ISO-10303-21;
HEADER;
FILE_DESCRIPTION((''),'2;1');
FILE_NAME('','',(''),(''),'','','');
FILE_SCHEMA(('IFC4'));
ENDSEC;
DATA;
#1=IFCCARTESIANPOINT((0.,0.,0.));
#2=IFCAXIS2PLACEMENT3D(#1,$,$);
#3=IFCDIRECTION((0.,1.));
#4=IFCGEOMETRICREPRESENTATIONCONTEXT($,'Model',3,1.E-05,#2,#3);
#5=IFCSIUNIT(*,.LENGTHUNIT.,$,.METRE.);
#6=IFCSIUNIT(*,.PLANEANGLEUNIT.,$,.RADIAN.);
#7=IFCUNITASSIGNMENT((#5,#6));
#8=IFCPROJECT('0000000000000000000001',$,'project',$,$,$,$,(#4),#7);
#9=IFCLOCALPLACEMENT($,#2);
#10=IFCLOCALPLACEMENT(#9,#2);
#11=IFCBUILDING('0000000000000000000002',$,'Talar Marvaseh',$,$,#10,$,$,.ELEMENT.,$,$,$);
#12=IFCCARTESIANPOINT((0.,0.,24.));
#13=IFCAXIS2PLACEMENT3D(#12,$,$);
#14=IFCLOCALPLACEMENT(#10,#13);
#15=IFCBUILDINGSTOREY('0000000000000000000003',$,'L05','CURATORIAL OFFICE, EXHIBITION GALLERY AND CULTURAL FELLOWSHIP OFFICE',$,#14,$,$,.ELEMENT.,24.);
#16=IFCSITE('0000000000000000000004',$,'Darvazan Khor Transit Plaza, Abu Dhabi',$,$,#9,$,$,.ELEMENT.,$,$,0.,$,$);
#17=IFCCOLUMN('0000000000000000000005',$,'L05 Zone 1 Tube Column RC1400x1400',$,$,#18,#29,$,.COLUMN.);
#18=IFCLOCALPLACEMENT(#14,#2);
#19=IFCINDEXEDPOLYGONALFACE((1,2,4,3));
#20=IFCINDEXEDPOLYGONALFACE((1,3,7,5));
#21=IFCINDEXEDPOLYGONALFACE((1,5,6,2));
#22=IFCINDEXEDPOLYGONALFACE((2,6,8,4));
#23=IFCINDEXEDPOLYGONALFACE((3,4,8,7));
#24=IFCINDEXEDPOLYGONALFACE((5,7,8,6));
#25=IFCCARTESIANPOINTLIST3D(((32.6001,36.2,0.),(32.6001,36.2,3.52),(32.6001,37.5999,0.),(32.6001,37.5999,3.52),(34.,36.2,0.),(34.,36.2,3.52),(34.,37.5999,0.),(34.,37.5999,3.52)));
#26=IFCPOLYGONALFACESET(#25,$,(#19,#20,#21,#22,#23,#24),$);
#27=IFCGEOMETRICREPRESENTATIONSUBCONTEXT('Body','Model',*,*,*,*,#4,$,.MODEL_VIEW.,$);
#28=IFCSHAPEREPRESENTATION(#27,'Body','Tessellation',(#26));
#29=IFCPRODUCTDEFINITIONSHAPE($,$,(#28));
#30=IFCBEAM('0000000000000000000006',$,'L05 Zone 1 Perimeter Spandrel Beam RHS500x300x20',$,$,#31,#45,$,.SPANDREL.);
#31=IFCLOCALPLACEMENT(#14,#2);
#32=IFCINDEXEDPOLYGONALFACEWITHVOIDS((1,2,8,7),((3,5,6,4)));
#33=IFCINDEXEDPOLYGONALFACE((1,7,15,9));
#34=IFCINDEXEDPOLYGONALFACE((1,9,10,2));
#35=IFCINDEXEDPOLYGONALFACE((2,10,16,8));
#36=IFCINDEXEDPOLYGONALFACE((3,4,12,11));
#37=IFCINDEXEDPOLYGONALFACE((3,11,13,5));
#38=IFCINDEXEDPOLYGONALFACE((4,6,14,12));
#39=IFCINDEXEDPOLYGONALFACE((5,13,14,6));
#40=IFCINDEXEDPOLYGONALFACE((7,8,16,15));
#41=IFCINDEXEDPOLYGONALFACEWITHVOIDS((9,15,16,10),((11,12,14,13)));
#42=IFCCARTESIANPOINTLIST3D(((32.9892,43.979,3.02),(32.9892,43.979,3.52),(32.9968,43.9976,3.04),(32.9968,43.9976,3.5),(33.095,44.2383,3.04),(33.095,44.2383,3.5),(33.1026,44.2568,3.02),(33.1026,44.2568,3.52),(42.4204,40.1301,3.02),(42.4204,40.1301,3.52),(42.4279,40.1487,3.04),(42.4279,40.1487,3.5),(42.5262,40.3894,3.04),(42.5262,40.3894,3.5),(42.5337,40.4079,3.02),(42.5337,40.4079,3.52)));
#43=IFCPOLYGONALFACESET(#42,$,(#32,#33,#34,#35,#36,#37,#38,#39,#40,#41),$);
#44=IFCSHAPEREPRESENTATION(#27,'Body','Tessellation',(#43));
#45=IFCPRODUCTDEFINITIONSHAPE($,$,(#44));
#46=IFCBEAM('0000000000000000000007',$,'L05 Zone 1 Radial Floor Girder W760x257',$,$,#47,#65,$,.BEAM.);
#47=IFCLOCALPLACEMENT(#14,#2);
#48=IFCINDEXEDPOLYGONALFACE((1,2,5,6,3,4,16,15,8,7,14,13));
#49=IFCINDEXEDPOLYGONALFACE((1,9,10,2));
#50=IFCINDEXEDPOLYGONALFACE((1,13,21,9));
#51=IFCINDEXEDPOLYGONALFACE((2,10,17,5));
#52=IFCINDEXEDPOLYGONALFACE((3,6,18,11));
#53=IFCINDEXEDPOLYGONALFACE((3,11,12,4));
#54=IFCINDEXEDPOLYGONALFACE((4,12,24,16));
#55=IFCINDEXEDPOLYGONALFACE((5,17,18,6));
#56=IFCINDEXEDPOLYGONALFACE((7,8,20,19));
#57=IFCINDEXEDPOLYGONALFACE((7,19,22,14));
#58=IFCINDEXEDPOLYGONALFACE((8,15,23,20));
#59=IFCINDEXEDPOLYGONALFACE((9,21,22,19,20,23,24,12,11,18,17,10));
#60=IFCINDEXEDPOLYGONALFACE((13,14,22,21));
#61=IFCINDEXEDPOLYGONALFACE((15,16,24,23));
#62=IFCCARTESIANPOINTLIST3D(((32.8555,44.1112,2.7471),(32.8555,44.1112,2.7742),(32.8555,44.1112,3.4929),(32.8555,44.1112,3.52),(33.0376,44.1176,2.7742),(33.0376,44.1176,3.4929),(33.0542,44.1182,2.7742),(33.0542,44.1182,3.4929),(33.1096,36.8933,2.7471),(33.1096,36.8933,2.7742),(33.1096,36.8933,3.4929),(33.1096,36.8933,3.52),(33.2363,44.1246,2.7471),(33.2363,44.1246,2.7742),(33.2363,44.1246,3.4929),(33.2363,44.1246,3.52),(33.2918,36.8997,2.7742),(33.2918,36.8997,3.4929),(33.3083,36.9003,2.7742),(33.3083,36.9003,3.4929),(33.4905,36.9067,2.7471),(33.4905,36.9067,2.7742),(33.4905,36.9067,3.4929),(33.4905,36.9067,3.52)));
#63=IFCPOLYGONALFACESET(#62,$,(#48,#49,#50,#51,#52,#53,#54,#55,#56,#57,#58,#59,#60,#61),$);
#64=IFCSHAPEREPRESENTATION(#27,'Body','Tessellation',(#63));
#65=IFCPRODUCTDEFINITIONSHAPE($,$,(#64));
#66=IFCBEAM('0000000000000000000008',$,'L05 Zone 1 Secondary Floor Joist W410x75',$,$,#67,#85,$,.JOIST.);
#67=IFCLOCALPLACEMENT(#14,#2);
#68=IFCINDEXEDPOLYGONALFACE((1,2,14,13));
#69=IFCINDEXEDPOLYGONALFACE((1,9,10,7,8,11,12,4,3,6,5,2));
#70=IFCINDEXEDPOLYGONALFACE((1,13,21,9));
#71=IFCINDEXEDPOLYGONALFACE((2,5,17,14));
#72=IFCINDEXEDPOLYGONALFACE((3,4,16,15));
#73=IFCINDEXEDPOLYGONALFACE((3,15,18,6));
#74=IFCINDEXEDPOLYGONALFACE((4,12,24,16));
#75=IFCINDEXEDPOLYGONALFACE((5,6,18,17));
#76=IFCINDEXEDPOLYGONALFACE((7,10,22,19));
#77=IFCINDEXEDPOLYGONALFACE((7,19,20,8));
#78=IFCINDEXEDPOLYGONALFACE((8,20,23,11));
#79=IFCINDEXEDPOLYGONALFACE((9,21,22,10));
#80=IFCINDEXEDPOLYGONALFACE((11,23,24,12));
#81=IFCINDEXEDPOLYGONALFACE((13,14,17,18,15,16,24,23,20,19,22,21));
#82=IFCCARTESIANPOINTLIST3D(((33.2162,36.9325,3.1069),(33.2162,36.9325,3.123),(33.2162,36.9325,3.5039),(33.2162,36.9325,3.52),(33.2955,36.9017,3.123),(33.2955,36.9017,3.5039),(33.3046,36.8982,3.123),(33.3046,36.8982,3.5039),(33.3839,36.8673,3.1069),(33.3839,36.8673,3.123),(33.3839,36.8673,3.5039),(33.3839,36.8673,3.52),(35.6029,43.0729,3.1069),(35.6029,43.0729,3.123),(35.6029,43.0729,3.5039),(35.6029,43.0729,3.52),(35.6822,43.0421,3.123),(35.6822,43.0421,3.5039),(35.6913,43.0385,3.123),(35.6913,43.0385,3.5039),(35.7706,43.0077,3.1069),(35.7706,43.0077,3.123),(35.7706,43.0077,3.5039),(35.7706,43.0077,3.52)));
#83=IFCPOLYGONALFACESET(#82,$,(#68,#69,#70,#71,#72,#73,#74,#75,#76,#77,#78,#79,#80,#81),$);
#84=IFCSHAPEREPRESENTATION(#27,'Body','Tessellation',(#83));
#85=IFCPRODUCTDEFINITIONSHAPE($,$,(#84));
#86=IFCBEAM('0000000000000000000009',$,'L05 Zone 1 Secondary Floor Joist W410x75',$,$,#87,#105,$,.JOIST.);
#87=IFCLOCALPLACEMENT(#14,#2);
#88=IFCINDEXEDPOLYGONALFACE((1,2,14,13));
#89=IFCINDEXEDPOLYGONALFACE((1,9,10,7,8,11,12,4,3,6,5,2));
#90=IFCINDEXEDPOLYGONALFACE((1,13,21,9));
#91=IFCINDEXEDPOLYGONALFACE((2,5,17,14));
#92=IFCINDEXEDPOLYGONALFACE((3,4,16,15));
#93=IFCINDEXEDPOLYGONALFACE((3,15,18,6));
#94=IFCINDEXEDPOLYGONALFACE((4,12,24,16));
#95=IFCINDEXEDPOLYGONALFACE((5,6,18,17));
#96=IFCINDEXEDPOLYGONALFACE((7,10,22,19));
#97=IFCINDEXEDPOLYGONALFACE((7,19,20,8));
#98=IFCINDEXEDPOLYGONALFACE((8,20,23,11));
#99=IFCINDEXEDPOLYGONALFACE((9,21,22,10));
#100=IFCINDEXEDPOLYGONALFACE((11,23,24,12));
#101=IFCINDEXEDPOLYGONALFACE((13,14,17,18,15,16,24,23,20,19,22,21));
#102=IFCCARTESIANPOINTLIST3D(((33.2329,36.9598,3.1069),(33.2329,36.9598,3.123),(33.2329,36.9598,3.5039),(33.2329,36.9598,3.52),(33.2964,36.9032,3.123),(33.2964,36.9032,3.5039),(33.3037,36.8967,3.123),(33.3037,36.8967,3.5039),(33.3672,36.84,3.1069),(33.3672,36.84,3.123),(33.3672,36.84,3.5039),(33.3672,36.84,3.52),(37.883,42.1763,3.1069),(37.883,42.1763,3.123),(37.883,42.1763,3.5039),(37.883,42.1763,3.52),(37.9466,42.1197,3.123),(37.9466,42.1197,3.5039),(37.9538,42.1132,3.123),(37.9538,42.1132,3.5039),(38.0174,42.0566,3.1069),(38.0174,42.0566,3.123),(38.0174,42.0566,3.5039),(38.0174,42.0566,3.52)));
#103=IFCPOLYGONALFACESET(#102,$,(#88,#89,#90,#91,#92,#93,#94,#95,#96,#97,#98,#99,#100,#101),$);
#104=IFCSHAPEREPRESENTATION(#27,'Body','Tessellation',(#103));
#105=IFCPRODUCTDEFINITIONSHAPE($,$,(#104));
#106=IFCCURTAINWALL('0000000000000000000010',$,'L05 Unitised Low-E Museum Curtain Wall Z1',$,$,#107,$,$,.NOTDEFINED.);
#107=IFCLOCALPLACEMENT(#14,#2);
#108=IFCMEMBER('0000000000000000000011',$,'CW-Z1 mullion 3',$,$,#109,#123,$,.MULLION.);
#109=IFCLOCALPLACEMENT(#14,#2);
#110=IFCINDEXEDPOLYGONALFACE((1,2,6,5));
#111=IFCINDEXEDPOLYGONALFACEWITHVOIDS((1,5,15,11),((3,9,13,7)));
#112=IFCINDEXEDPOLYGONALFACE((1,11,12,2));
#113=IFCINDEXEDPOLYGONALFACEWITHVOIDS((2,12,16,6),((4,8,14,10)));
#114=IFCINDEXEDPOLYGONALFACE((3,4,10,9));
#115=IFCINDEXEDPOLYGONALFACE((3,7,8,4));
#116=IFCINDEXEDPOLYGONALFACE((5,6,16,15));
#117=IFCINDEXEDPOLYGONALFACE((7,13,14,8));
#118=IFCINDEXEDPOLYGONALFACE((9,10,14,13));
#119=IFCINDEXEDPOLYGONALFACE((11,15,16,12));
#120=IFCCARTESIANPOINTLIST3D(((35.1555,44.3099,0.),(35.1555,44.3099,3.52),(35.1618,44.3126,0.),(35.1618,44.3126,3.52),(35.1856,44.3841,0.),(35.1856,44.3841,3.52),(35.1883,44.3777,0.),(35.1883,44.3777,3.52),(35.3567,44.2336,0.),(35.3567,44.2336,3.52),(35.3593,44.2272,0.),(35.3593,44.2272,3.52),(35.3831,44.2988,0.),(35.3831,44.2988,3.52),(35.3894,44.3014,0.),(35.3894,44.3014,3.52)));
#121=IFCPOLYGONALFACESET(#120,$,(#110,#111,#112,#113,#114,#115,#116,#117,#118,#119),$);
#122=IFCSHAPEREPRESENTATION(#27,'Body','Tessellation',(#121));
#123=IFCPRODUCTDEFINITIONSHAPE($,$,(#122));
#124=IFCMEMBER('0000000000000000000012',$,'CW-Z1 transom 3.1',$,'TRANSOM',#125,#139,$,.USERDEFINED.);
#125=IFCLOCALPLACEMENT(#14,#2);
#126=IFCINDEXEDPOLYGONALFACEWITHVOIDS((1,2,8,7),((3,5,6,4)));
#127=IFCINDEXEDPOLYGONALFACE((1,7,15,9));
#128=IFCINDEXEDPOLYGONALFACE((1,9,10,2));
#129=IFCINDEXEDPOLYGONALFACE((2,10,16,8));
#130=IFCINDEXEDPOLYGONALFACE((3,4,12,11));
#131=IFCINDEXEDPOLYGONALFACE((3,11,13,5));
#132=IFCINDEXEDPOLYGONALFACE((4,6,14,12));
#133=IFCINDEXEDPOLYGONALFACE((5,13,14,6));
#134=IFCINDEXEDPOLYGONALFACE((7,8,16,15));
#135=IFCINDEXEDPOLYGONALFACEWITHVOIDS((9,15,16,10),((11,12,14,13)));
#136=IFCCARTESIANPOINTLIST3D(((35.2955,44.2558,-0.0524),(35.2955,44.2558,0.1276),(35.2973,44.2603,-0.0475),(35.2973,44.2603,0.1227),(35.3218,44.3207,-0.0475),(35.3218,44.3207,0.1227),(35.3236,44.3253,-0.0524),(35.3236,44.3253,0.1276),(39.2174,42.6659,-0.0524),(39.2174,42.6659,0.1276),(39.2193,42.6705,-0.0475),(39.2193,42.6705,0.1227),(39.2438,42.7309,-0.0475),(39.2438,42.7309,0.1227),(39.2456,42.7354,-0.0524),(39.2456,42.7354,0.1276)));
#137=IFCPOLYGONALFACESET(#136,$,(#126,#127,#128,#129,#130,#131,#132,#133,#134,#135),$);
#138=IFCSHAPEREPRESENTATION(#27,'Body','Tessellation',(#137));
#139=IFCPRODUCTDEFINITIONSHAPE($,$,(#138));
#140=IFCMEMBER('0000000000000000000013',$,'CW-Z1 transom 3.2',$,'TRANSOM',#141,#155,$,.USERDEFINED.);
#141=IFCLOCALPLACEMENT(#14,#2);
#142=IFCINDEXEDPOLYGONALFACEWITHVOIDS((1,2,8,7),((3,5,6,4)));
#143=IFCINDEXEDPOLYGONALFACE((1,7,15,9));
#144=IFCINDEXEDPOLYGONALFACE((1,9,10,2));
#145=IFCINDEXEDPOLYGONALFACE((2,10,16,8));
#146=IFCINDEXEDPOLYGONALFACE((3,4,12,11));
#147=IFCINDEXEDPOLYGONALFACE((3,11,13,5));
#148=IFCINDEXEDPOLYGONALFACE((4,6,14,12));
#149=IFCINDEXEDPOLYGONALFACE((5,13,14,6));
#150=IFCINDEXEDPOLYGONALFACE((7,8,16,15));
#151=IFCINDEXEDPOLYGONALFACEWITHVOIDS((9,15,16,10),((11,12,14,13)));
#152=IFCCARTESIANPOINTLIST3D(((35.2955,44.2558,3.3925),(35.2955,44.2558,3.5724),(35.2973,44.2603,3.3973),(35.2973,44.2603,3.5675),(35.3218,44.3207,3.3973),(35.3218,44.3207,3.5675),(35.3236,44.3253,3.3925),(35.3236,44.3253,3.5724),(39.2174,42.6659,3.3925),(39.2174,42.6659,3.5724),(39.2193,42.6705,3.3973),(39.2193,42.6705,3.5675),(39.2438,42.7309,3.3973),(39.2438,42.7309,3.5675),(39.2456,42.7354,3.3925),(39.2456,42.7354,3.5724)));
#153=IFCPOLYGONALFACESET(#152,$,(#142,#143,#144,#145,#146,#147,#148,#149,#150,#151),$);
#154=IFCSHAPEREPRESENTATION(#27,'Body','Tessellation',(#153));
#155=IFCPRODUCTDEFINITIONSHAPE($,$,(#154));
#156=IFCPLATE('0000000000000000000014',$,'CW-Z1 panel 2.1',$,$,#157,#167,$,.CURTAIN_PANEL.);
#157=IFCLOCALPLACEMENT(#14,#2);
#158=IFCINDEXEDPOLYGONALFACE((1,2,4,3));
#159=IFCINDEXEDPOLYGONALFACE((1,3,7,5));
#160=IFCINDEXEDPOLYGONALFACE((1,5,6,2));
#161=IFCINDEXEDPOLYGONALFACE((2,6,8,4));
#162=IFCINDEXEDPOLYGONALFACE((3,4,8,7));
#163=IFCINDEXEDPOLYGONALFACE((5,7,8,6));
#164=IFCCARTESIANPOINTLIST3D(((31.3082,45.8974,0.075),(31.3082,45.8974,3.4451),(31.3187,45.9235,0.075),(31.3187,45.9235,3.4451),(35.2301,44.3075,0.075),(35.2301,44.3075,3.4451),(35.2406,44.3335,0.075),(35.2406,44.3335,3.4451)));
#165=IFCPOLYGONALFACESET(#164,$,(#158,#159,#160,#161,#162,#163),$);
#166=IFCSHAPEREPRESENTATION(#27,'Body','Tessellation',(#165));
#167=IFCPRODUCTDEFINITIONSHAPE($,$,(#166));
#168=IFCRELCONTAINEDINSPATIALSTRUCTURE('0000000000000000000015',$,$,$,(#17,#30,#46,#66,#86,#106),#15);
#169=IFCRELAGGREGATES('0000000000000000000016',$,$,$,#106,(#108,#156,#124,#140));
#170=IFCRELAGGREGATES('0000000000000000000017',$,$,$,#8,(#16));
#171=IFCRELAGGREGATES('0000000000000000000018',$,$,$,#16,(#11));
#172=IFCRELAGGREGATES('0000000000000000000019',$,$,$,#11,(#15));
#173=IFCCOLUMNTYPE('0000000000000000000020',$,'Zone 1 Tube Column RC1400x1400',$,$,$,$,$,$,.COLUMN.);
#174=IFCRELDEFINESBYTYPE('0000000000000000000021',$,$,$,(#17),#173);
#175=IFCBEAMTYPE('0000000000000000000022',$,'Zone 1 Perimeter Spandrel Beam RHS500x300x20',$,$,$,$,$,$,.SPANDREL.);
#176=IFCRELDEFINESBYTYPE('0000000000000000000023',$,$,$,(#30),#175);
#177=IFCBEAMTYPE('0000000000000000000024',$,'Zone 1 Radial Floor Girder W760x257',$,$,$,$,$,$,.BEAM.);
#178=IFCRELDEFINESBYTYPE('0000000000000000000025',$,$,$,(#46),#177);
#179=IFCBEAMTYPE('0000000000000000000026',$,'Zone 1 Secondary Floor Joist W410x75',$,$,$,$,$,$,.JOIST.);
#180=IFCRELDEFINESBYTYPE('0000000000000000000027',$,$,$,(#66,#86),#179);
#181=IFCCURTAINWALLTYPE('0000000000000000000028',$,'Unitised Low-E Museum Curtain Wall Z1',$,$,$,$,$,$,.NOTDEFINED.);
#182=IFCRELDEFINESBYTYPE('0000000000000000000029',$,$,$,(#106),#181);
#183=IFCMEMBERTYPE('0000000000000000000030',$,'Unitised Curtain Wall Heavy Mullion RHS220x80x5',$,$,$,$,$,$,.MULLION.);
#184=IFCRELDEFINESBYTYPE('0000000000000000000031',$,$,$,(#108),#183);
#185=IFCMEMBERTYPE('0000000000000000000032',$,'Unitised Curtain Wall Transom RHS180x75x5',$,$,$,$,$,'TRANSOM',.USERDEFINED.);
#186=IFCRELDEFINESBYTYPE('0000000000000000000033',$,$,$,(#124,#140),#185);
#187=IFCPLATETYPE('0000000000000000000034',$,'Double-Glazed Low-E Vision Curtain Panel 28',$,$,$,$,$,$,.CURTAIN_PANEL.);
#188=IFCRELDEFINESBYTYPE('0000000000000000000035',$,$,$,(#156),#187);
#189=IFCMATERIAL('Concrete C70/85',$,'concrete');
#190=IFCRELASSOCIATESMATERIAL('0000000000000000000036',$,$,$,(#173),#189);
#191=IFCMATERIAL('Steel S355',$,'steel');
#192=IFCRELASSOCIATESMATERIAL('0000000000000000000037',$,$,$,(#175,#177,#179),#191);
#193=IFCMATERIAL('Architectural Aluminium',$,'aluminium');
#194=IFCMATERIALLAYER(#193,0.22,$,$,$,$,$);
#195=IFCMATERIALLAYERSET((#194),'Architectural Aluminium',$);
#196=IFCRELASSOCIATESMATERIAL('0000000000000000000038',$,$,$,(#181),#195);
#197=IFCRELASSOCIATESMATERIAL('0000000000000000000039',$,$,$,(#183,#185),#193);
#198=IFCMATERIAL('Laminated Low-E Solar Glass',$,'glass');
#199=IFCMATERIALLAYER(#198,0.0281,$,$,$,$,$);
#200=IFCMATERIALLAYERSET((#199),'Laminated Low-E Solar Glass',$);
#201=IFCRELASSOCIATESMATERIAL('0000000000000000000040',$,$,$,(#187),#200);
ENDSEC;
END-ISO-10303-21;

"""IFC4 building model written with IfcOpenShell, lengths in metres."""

from ifc_helpers import new_model, si_unit, direction, frame, origin, origin_2d, place, context, subcontext, project, spatial, rectangle, hollow_rectangle, i_section, extrude, source, transform, mapped, material, layer, layer_set, material_profile, profile_set, type_object, type_shapes, element, aggregate, save


model = new_model("IFC4")

# Units and contexts
model_context = context("Model", 3, precision=1e-05, world=origin(), true_north=direction((0.0, 1.0)))
body_context = subcontext(model_context, "Body", "Model", "MODEL_VIEW")
ifc_project = project(units=[si_unit("LENGTHUNIT", "METRE"), si_unit("PLANEANGLEUNIT", "RADIAN")], contexts=[model_context])

# Site, building, storey
site_placement = place(None, origin())
site = spatial("IfcSite", under=ifc_project, at=site_placement, Name="Darvazan Khor Transit Plaza, Abu Dhabi", CompositionType="ELEMENT", RefElevation=0.0)
building_placement = place(site_placement, origin())
building = spatial("IfcBuilding", under=site, at=building_placement, Name="Talar Marvaseh", CompositionType="ELEMENT")
storey_placement = place(building_placement, frame((0.0, 0.0, 24.0)))
storey = spatial("IfcBuildingStorey", under=building, at=storey_placement, Name="L05", Description="CURATORIAL OFFICE, EXHIBITION GALLERY AND CULTURAL FELLOWSHIP OFFICE", CompositionType="ELEMENT", Elevation=24.0)

# Column
ifc_material_1 = material(Name="Concrete C70/85", Category="concrete")
ifc_material_profile_1 = material_profile(ifc_material_1, rectangle(XDim=1.3999, YDim=1.3999, at=origin_2d()), Name="RC1400x1400")
ifc_profile_set_1 = profile_set([ifc_material_profile_1], Name="Concrete C70/85")
column_type = type_object("IfcColumnType", Name="Zone 1 Tube Column RC1400x1400", PredefinedType="COLUMN", material=ifc_profile_set_1)
column_placement = place(storey_placement, frame((33.3, 36.8999, 0.0), z_axis=(0.0, 0.0, 1.0), x_axis=(1.0, 0.0, 0.0)))
element("IfcColumn", 1, at=column_placement, inside=storey, type_object=column_type, Name="L05 Zone 1 Tube Column RC1400x1400", PredefinedType="COLUMN", context=body_context, shape_type="SweptSolid", body=[
    extrude(rectangle(XDim=1.3999, YDim=1.3999, at=origin_2d()), origin(), (0.0, 0.0, 1.0), 3.52),
])

# Beams
ifc_material_2 = material(Name="Steel S355", Category="steel")
ifc_material_profile_2 = material_profile(ifc_material_2, hollow_rectangle(XDim=0.3, YDim=0.5, WallThickness=0.02, at=origin_2d()), Name="RHS500x300x20")
ifc_profile_set_2 = profile_set([ifc_material_profile_2], Name="Steel S355")
beam_type_1 = type_object("IfcBeamType", Name="Zone 1 Perimeter Spandrel Beam RHS500x300x20", PredefinedType="SPANDREL", material=ifc_profile_set_2)
beam_1_placement = place(storey_placement, frame((33.0459, 44.1179, 3.27), z_axis=(0.925867, -0.377849, 0.0), x_axis=(0.377849, 0.925867, 0.0)))
element("IfcBeam", 2, at=beam_1_placement, inside=storey, type_object=beam_type_1, Name="L05 Zone 1 Perimeter Spandrel Beam RHS500x300x20", PredefinedType="SPANDREL", context=body_context, shape_type="SweptSolid", body=[
    extrude(hollow_rectangle(XDim=0.3, YDim=0.5, WallThickness=0.02, at=origin_2d()), origin(), (0.0, 0.0, 1.0), 10.1863),
])
ifc_material_profile_3 = material_profile(ifc_material_2, i_section(OverallWidth=0.3811, OverallDepth=0.7729, WebThickness=0.0166, FlangeThickness=0.0271, at=origin_2d()), Name="W760x257")
ifc_profile_set_3 = profile_set([ifc_material_profile_3], Name="Steel S355")
beam_type_2 = type_object("IfcBeamType", Name="Zone 1 Radial Floor Girder W760x257", PredefinedType="BEAM", material=ifc_profile_set_3)
beam_2_placement = place(storey_placement, frame((33.0459, 44.1179, 3.1335), z_axis=(0.035189, -0.999381, 0.0), x_axis=(0.999381, 0.035189, 0.0)))
element("IfcBeam", 3, at=beam_2_placement, inside=storey, type_object=beam_type_2, Name="L05 Zone 1 Radial Floor Girder W760x257", PredefinedType="BEAM", context=body_context, shape_type="SweptSolid", body=[
    extrude(i_section(OverallWidth=0.3811, OverallDepth=0.7729, WebThickness=0.0166, FlangeThickness=0.0271, at=origin_2d()), origin(), (0.0, 0.0, 1.0), 7.2224),
])
ifc_material_profile_4 = material_profile(ifc_material_2, i_section(OverallWidth=0.1799, OverallDepth=0.4131, WebThickness=0.0098, FlangeThickness=0.0161, at=origin_2d()), Name="W410x75")
ifc_profile_set_4 = profile_set([ifc_material_profile_4], Name="Steel S355")
beam_type_3 = type_object("IfcBeamType", Name="Zone 1 Secondary Floor Joist W410x75", PredefinedType="JOIST", material=ifc_profile_set_4)
beam_3_placement = place(storey_placement, frame((35.6868, 43.0403, 3.3135), z_axis=(-0.362287, -0.932067, 0.0), x_axis=(0.932067, -0.362287, 0.0)))
element("IfcBeam", 4, at=beam_3_placement, inside=storey, type_object=beam_type_3, Name="L05 Zone 1 Secondary Floor Joist W410x75", PredefinedType="JOIST", context=body_context, shape_type="SweptSolid", body=[
    extrude(i_section(OverallWidth=0.1799, OverallDepth=0.4131, WebThickness=0.0098, FlangeThickness=0.0161, at=origin_2d()), origin(), (0.0, 0.0, 1.0), 6.5879),
])
beam_4_placement = place(storey_placement, frame((37.9502, 42.1165, 3.3135), z_axis=(-0.665419, -0.74647, 0.0), x_axis=(0.74647, -0.665419, 0.0)))
element("IfcBeam", 5, at=beam_4_placement, inside=storey, type_object=beam_type_3, Name="L05 Zone 1 Secondary Floor Joist W410x75", PredefinedType="JOIST", context=body_context, shape_type="SweptSolid", body=[
    extrude(i_section(OverallWidth=0.1799, OverallDepth=0.4131, WebThickness=0.0098, FlangeThickness=0.0161, at=origin_2d()), origin(), (0.0, 0.0, 1.0), 6.9883),
])

# Curtain wall, members, plate
ifc_material_3 = material(Name="Architectural Aluminium", Category="aluminium")
ifc_layer_1 = layer(ifc_material_3, 0.22)
ifc_layer_set_1 = layer_set([ifc_layer_1], Name="Architectural Aluminium")
curtain_wall_type = type_object("IfcCurtainWallType", Name="Unitised Low-E Museum Curtain Wall Z1", PredefinedType="NOTDEFINED", material=ifc_layer_set_1)
curtain_wall_placement = place(storey_placement, origin())
curtain_wall = element("IfcCurtainWall", 6, at=curtain_wall_placement, inside=storey, type_object=curtain_wall_type, Name="L05 Unitised Low-E Museum Curtain Wall Z1", PredefinedType="NOTDEFINED")
ifc_material_profile_5 = material_profile(ifc_material_3, hollow_rectangle(XDim=0.0801, YDim=0.22, WallThickness=0.0049, at=origin_2d()), Name="RHS220x80x5")
ifc_profile_set_5 = profile_set([ifc_material_profile_5], Name="Architectural Aluminium")
member_type_1 = type_object("IfcMemberType", Name="Unitised Curtain Wall Heavy Mullion RHS220x80x5", PredefinedType="MULLION", material=ifc_profile_set_5)
shared_shape_1 = source(origin(), body_context, "Body", "SweptSolid", [
    extrude(hollow_rectangle(XDim=0.0801, YDim=0.22, WallThickness=0.0049, at=origin_2d()), origin(), (0.0, 0.0, 1.0), 3.52),
])
type_shapes(member_type_1, [shared_shape_1])
member_1_placement = place(storey_placement, frame((35.2725, 44.3057, 0.0), z_axis=(0.0, 0.0, 1.0), x_axis=(0.375705, 0.926739, 0.0)))
member_1 = element("IfcMember", 7, at=member_1_placement, type_object=member_type_1, Name="CW-Z1 mullion 3", PredefinedType="MULLION", context=body_context, shape_type="MappedRepresentation", body=[
    mapped(shared_shape_1, transform((0.0, 0.0, 0.0), x_axis=(1.0, 0.0, 0.0), y_axis=(0.0, 1.0, 0.0), z_axis=(0.0, 0.0, 1.0), scale=1.0)),
])
ifc_material_profile_6 = material_profile(ifc_material_3, hollow_rectangle(XDim=0.075, YDim=0.1799, WallThickness=0.0049, at=origin_2d()), Name="RHS180x75x5")
ifc_profile_set_6 = profile_set([ifc_material_profile_6], Name="Architectural Aluminium")
member_type_2 = type_object("IfcMemberType", Name="Unitised Curtain Wall Transom RHS180x75x5", ElementType="TRANSOM", PredefinedType="USERDEFINED", material=ifc_profile_set_6)
shared_shape_2 = source(origin(), body_context, "Body", "SweptSolid", [
    extrude(hollow_rectangle(XDim=0.075, YDim=0.1799, WallThickness=0.0049, at=origin_2d()), origin(), (0.0, 0.0, 1.0), 4.2319),
])
type_shapes(member_type_2, [shared_shape_2])
member_2_placement = place(storey_placement, frame((35.3096, 44.2905, 0.0376), z_axis=(0.926748, -0.375684, 0.0), x_axis=(0.375684, 0.926748, 0.0)))
member_2 = element("IfcMember", 8, at=member_2_placement, type_object=member_type_2, Name="CW-Z1 transom 3.1", ObjectType="TRANSOM", PredefinedType="USERDEFINED", context=body_context, shape_type="MappedRepresentation", body=[
    mapped(shared_shape_2, transform((0.0, 0.0, 0.0), x_axis=(1.0, 0.0, 0.0), y_axis=(0.0, 1.0, 0.0), z_axis=(0.0, 0.0, 1.0), scale=1.0)),
])
member_3_placement = place(storey_placement, frame((35.3096, 44.2905, 3.4824), z_axis=(0.926748, -0.375684, 0.0), x_axis=(0.375684, 0.926748, 0.0)))
member_3 = element("IfcMember", 9, at=member_3_placement, type_object=member_type_2, Name="CW-Z1 transom 3.2", ObjectType="TRANSOM", PredefinedType="USERDEFINED", context=body_context, shape_type="MappedRepresentation", body=[
    mapped(shared_shape_2, transform((0.0, 0.0, 0.0), x_axis=(1.0, 0.0, 0.0), y_axis=(0.0, 1.0, 0.0), z_axis=(0.0, 0.0, 1.0), scale=1.0)),
])
ifc_material_4 = material(Name="Laminated Low-E Solar Glass", Category="glass")
ifc_layer_2 = layer(ifc_material_4, 0.0281)
ifc_layer_set_2 = layer_set([ifc_layer_2], Name="Laminated Low-E Solar Glass")
plate_type = type_object("IfcPlateType", Name="Double-Glazed Low-E Vision Curtain Panel 28", PredefinedType="CURTAIN_PANEL", material=ifc_layer_set_2)
shared_shape_3 = source(origin(), body_context, "Body", "SweptSolid", [
    extrude(rectangle(XDim=4.2319, YDim=0.0281, at=origin_2d()), origin(), (0.0, 0.0, 1.0), 3.3701),
])
type_shapes(plate_type, [shared_shape_3])
plate_1_placement = place(storey_placement, frame((33.2744, 45.1155, 0.075), z_axis=(0.0, 0.0, 1.0), x_axis=(0.926739, -0.375705, 0.0)))
plate_1 = element("IfcPlate", 10, at=plate_1_placement, type_object=plate_type, Name="CW-Z1 panel 2.1", PredefinedType="CURTAIN_PANEL", context=body_context, shape_type="MappedRepresentation", body=[
    mapped(shared_shape_3, transform((0.0, 0.0, 0.0), x_axis=(1.0, 0.0, 0.0), y_axis=(0.0, 1.0, 0.0), z_axis=(0.0, 0.0, 1.0), scale=1.0)),
])
aggregate(curtain_wall, [member_1, plate_1, member_2, member_3])

save(model, "model.ifc")
